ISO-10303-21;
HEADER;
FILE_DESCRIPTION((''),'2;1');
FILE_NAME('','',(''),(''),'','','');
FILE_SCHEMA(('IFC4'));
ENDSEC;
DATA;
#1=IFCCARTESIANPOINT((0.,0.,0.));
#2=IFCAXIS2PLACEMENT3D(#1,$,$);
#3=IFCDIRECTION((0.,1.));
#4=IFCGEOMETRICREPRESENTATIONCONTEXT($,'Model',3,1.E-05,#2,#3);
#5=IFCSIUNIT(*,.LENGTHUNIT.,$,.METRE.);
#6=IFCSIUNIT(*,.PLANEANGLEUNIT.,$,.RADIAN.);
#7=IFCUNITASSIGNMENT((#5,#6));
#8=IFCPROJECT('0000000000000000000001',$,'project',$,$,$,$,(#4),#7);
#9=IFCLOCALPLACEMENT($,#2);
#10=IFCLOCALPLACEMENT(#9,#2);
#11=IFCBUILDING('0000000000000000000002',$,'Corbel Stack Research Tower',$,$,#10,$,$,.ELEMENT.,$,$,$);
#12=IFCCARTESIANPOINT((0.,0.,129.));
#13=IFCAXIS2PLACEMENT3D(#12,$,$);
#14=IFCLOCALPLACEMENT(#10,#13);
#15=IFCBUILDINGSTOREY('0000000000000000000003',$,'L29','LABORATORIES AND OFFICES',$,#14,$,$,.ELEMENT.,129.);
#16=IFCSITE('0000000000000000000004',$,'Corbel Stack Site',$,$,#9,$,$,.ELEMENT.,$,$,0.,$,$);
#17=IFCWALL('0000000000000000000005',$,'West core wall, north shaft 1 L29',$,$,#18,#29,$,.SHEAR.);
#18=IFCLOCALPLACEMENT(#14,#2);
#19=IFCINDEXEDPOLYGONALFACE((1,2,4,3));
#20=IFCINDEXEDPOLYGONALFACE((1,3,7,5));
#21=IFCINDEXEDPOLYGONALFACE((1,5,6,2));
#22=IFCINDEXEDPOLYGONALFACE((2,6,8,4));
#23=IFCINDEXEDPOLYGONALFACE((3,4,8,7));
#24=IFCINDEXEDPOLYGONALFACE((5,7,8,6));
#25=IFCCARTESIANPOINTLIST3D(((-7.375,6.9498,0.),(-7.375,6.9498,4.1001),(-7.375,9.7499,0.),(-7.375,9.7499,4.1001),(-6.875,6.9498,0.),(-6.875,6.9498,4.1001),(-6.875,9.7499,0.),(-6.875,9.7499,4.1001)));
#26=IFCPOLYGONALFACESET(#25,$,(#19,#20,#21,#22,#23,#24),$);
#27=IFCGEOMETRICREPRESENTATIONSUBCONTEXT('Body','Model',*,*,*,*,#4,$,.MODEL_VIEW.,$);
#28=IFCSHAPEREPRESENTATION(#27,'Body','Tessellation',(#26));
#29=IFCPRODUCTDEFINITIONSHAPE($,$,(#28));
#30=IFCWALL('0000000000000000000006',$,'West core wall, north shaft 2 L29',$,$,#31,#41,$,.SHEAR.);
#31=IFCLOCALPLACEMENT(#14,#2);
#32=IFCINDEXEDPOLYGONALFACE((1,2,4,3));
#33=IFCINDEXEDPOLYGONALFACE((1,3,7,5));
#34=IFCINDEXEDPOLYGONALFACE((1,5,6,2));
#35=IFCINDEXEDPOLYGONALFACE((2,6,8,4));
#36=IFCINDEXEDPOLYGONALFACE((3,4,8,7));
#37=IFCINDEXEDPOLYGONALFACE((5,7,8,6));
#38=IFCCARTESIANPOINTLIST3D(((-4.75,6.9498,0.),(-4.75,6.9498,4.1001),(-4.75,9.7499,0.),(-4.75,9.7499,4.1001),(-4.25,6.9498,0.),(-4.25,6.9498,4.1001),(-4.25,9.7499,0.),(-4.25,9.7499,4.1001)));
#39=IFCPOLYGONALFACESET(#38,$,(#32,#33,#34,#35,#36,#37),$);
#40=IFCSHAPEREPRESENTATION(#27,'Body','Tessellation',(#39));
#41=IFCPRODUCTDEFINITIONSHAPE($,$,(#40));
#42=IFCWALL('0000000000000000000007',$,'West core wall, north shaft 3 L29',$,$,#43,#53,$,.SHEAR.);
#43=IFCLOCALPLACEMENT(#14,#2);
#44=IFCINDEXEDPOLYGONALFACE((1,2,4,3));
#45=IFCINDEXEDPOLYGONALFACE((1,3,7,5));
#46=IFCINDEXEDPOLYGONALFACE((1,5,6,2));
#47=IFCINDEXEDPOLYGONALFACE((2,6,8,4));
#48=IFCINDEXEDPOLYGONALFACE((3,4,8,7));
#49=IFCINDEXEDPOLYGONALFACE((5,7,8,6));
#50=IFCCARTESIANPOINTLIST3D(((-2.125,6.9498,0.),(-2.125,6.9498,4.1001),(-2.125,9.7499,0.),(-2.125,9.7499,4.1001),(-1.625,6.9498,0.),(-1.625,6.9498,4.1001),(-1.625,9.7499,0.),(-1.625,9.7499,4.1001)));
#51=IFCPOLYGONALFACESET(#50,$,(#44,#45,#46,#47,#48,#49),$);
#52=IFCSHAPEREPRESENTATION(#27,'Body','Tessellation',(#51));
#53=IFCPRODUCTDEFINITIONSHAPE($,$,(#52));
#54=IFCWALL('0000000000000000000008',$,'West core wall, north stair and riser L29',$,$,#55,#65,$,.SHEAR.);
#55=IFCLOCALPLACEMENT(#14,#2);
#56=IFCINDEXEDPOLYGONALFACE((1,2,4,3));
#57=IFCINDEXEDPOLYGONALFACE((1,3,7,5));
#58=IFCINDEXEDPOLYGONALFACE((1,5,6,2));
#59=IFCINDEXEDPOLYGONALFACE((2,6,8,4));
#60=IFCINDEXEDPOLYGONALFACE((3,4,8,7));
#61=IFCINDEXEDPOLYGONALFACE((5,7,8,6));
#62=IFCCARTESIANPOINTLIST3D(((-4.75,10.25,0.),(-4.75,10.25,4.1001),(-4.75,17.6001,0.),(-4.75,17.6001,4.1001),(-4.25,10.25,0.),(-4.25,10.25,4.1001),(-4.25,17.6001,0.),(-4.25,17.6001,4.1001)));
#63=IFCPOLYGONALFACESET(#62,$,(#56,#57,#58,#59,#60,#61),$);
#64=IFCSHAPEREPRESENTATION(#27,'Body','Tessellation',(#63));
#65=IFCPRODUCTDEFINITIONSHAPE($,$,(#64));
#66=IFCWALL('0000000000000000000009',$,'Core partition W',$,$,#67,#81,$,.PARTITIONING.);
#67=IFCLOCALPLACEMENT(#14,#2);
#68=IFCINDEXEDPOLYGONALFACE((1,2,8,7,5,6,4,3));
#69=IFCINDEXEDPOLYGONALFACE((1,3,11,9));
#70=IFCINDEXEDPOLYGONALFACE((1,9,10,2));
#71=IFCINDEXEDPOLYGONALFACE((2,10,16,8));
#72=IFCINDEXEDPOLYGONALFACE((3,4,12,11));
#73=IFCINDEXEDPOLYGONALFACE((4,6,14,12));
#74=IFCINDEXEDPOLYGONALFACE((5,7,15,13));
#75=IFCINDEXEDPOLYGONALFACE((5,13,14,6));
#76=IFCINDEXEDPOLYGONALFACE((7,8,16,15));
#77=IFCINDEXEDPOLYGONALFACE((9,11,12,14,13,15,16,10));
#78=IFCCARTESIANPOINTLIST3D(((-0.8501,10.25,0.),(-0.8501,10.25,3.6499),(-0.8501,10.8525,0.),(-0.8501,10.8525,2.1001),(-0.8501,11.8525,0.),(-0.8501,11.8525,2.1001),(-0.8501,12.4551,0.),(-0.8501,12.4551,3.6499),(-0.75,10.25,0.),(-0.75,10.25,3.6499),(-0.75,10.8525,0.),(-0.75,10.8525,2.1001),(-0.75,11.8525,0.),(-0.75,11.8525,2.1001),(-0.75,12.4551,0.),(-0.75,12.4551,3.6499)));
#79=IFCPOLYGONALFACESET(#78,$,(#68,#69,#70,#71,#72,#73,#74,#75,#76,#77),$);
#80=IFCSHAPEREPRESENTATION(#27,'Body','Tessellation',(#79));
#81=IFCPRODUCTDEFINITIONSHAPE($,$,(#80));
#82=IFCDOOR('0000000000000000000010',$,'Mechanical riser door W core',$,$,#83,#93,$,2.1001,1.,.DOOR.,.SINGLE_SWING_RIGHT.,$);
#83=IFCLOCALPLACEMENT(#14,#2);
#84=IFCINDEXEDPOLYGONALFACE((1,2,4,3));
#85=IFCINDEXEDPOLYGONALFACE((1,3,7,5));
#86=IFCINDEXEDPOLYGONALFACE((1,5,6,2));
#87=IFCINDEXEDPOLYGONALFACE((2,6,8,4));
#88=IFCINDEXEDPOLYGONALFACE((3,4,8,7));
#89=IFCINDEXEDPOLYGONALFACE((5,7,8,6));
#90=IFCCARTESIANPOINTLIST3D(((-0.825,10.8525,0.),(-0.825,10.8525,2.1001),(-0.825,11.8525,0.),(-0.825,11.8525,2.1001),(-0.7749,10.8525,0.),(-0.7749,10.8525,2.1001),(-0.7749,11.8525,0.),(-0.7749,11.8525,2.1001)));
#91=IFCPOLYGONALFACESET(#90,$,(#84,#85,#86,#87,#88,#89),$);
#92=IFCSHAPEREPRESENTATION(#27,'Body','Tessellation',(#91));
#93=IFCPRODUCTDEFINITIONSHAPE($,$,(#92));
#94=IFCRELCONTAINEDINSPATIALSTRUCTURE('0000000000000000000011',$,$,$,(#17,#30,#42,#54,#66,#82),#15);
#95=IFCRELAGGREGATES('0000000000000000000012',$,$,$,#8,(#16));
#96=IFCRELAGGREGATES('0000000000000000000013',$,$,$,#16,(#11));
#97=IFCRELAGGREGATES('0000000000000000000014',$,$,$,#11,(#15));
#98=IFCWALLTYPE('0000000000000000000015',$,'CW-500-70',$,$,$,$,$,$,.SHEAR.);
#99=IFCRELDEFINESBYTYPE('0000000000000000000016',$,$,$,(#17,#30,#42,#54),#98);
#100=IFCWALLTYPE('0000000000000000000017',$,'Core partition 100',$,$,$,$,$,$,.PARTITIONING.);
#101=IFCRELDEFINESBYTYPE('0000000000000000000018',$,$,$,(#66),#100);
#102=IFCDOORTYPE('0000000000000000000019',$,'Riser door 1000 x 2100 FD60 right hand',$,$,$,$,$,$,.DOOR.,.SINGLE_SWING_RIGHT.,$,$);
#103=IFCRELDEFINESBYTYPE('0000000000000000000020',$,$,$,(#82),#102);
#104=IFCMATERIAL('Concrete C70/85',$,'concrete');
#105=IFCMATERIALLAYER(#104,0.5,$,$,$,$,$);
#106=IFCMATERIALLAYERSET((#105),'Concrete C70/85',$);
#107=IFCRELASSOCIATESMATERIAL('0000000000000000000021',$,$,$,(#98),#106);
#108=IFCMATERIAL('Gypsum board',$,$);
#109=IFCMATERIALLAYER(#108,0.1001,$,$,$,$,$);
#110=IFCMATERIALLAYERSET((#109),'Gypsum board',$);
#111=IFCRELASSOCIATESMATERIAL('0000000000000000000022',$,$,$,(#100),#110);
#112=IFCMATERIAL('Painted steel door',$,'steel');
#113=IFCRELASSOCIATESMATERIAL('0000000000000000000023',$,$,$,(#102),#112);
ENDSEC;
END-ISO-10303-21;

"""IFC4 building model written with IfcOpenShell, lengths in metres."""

from ifc_helpers import new_model, si_unit, direction, frame, frame_2d, origin, place, context, subcontext, project, spatial, rectangle, extrude, material, layer, layer_set, type_object, element, fill, save


model = new_model("IFC4")

# Units and contexts
model_context = context("Model", 3, precision=1e-05, world=origin(), true_north=direction((0.0, 1.0)))
body_context = subcontext(model_context, "Body", "Model", "MODEL_VIEW")
ifc_project = project(units=[si_unit("LENGTHUNIT", "METRE"), si_unit("PLANEANGLEUNIT", "RADIAN")], contexts=[model_context])

# Site, building, storey
site_placement = place(None, origin())
site = spatial("IfcSite", under=ifc_project, at=site_placement, Name="Corbel Stack Site", CompositionType="ELEMENT", RefElevation=0.0)
building_placement = place(site_placement, origin())
building = spatial("IfcBuilding", under=site, at=building_placement, Name="Corbel Stack Research Tower", CompositionType="ELEMENT")
storey_placement = place(building_placement, frame((0.0, 0.0, 129.0)))
storey = spatial("IfcBuildingStorey", under=building, at=storey_placement, Name="L29", Description="LABORATORIES AND OFFICES", CompositionType="ELEMENT", Elevation=129.0)

# Shared definitions
ifc_material_1 = material(Name="Concrete C70/85", Category="concrete")
ifc_layer_1 = layer(ifc_material_1, 0.5)
ifc_layer_set_1 = layer_set([ifc_layer_1], Name="Concrete C70/85")
wall_type_1 = type_object("IfcWallType", Name="CW-500-70", PredefinedType="SHEAR", material=ifc_layer_set_1)

# Walls
for number, where, z_axis, x_axis, name in (
    (1, (-7.125, 6.95, 0.0), (0.0, 0.0, 1.0), (0.0, 1.0, 0.0), "West core wall, north shaft 1 L29"),
    (2, (-4.5, 6.95, 0.0), (0.0, 0.0, 1.0), (0.0, 1.0, 0.0), "West core wall, north shaft 2 L29"),
    (3, (-1.875, 6.95, 0.0), (0.0, 0.0, 1.0), (0.0, 1.0, 0.0), "West core wall, north shaft 3 L29"),
):
    element("IfcWall", number, at=place(storey_placement, frame(where, z_axis=z_axis, x_axis=x_axis)), inside=storey, type_object=wall_type_1, Name=name, PredefinedType="SHEAR", context=body_context, shape_type="SweptSolid", body=[
        extrude(rectangle(XDim=2.8, YDim=0.5, at=frame_2d((1.3999, 0.0))), origin(), (0.0, 0.0, 1.0), 4.1001),
    ])
wall_1_placement = place(storey_placement, frame((-4.5, 10.25, 0.0), z_axis=(0.0, 0.0, 1.0), x_axis=(0.0, 1.0, 0.0)))
element("IfcWall", 4, at=wall_1_placement, inside=storey, type_object=wall_type_1, Name="West core wall, north stair and riser L29", PredefinedType="SHEAR", context=body_context, shape_type="SweptSolid", body=[
    extrude(rectangle(XDim=7.3501, YDim=0.5, at=frame_2d((3.675, 0.0))), origin(), (0.0, 0.0, 1.0), 4.1001),
])

# Wall, opening, door
ifc_material_2 = material(Name="Gypsum board")
ifc_layer_2 = layer(ifc_material_2, 0.1001)
ifc_layer_set_2 = layer_set([ifc_layer_2], Name="Gypsum board")
wall_type_2 = type_object("IfcWallType", Name="Core partition 100", PredefinedType="PARTITIONING", material=ifc_layer_set_2)
wall_2_placement = place(storey_placement, frame((-0.8, 10.25, 0.0), z_axis=(0.0, 0.0, 1.0), x_axis=(0.0, 1.0, 0.0)))
wall_2 = element("IfcWall", 5, at=wall_2_placement, inside=storey, type_object=wall_type_2, Name="Core partition W", PredefinedType="PARTITIONING", context=body_context, shape_type="SweptSolid", body=[
    extrude(rectangle(XDim=2.2051, YDim=0.1001, at=frame_2d((1.1025, 0.0))), origin(), (0.0, 0.0, 1.0), 3.6499),
])
opening_1_placement = place(wall_2_placement, frame((0.6025, 0.0, 0.0)))
opening_1 = element("IfcOpeningElement", 6, at=opening_1_placement, cuts=wall_2, PredefinedType="OPENING", context=body_context, shape_type="SweptSolid", body=[
    extrude(rectangle(XDim=1.0, YDim=2.1001, at=frame_2d((0.5, 1.05))), frame((0.0, 0.0601, 0.0), z_axis=(0.0, -1.0, 0.0), x_axis=(1.0, 0.0, 0.0)), (0.0, 0.0, 1.0), 0.1201),
])
ifc_material_3 = material(Name="Painted steel door", Category="steel")
door_type_1 = type_object("IfcDoorType", Name="Riser door 1000 x 2100 FD60 right hand", OperationType="SINGLE_SWING_RIGHT", PredefinedType="DOOR", material=ifc_material_3)
door_1_placement = place(opening_1_placement, origin())
door_1 = element("IfcDoor", 7, at=door_1_placement, inside=storey, type_object=door_type_1, Name="Mechanical riser door W core", OperationType="SINGLE_SWING_RIGHT", OverallHeight=2.1001, OverallWidth=1.0, PredefinedType="DOOR", context=body_context, shape_type="SweptSolid", body=[
    extrude(rectangle(XDim=1.0, YDim=2.1001, at=frame_2d((0.5, 1.05))), frame((0.0, 0.0249, 0.0), z_axis=(0.0, -1.0, 0.0), x_axis=(1.0, 0.0, 0.0)), (0.0, 0.0, 1.0), 0.05),
])
fill(opening_1, door_1)

save(model, "model.ifc")
